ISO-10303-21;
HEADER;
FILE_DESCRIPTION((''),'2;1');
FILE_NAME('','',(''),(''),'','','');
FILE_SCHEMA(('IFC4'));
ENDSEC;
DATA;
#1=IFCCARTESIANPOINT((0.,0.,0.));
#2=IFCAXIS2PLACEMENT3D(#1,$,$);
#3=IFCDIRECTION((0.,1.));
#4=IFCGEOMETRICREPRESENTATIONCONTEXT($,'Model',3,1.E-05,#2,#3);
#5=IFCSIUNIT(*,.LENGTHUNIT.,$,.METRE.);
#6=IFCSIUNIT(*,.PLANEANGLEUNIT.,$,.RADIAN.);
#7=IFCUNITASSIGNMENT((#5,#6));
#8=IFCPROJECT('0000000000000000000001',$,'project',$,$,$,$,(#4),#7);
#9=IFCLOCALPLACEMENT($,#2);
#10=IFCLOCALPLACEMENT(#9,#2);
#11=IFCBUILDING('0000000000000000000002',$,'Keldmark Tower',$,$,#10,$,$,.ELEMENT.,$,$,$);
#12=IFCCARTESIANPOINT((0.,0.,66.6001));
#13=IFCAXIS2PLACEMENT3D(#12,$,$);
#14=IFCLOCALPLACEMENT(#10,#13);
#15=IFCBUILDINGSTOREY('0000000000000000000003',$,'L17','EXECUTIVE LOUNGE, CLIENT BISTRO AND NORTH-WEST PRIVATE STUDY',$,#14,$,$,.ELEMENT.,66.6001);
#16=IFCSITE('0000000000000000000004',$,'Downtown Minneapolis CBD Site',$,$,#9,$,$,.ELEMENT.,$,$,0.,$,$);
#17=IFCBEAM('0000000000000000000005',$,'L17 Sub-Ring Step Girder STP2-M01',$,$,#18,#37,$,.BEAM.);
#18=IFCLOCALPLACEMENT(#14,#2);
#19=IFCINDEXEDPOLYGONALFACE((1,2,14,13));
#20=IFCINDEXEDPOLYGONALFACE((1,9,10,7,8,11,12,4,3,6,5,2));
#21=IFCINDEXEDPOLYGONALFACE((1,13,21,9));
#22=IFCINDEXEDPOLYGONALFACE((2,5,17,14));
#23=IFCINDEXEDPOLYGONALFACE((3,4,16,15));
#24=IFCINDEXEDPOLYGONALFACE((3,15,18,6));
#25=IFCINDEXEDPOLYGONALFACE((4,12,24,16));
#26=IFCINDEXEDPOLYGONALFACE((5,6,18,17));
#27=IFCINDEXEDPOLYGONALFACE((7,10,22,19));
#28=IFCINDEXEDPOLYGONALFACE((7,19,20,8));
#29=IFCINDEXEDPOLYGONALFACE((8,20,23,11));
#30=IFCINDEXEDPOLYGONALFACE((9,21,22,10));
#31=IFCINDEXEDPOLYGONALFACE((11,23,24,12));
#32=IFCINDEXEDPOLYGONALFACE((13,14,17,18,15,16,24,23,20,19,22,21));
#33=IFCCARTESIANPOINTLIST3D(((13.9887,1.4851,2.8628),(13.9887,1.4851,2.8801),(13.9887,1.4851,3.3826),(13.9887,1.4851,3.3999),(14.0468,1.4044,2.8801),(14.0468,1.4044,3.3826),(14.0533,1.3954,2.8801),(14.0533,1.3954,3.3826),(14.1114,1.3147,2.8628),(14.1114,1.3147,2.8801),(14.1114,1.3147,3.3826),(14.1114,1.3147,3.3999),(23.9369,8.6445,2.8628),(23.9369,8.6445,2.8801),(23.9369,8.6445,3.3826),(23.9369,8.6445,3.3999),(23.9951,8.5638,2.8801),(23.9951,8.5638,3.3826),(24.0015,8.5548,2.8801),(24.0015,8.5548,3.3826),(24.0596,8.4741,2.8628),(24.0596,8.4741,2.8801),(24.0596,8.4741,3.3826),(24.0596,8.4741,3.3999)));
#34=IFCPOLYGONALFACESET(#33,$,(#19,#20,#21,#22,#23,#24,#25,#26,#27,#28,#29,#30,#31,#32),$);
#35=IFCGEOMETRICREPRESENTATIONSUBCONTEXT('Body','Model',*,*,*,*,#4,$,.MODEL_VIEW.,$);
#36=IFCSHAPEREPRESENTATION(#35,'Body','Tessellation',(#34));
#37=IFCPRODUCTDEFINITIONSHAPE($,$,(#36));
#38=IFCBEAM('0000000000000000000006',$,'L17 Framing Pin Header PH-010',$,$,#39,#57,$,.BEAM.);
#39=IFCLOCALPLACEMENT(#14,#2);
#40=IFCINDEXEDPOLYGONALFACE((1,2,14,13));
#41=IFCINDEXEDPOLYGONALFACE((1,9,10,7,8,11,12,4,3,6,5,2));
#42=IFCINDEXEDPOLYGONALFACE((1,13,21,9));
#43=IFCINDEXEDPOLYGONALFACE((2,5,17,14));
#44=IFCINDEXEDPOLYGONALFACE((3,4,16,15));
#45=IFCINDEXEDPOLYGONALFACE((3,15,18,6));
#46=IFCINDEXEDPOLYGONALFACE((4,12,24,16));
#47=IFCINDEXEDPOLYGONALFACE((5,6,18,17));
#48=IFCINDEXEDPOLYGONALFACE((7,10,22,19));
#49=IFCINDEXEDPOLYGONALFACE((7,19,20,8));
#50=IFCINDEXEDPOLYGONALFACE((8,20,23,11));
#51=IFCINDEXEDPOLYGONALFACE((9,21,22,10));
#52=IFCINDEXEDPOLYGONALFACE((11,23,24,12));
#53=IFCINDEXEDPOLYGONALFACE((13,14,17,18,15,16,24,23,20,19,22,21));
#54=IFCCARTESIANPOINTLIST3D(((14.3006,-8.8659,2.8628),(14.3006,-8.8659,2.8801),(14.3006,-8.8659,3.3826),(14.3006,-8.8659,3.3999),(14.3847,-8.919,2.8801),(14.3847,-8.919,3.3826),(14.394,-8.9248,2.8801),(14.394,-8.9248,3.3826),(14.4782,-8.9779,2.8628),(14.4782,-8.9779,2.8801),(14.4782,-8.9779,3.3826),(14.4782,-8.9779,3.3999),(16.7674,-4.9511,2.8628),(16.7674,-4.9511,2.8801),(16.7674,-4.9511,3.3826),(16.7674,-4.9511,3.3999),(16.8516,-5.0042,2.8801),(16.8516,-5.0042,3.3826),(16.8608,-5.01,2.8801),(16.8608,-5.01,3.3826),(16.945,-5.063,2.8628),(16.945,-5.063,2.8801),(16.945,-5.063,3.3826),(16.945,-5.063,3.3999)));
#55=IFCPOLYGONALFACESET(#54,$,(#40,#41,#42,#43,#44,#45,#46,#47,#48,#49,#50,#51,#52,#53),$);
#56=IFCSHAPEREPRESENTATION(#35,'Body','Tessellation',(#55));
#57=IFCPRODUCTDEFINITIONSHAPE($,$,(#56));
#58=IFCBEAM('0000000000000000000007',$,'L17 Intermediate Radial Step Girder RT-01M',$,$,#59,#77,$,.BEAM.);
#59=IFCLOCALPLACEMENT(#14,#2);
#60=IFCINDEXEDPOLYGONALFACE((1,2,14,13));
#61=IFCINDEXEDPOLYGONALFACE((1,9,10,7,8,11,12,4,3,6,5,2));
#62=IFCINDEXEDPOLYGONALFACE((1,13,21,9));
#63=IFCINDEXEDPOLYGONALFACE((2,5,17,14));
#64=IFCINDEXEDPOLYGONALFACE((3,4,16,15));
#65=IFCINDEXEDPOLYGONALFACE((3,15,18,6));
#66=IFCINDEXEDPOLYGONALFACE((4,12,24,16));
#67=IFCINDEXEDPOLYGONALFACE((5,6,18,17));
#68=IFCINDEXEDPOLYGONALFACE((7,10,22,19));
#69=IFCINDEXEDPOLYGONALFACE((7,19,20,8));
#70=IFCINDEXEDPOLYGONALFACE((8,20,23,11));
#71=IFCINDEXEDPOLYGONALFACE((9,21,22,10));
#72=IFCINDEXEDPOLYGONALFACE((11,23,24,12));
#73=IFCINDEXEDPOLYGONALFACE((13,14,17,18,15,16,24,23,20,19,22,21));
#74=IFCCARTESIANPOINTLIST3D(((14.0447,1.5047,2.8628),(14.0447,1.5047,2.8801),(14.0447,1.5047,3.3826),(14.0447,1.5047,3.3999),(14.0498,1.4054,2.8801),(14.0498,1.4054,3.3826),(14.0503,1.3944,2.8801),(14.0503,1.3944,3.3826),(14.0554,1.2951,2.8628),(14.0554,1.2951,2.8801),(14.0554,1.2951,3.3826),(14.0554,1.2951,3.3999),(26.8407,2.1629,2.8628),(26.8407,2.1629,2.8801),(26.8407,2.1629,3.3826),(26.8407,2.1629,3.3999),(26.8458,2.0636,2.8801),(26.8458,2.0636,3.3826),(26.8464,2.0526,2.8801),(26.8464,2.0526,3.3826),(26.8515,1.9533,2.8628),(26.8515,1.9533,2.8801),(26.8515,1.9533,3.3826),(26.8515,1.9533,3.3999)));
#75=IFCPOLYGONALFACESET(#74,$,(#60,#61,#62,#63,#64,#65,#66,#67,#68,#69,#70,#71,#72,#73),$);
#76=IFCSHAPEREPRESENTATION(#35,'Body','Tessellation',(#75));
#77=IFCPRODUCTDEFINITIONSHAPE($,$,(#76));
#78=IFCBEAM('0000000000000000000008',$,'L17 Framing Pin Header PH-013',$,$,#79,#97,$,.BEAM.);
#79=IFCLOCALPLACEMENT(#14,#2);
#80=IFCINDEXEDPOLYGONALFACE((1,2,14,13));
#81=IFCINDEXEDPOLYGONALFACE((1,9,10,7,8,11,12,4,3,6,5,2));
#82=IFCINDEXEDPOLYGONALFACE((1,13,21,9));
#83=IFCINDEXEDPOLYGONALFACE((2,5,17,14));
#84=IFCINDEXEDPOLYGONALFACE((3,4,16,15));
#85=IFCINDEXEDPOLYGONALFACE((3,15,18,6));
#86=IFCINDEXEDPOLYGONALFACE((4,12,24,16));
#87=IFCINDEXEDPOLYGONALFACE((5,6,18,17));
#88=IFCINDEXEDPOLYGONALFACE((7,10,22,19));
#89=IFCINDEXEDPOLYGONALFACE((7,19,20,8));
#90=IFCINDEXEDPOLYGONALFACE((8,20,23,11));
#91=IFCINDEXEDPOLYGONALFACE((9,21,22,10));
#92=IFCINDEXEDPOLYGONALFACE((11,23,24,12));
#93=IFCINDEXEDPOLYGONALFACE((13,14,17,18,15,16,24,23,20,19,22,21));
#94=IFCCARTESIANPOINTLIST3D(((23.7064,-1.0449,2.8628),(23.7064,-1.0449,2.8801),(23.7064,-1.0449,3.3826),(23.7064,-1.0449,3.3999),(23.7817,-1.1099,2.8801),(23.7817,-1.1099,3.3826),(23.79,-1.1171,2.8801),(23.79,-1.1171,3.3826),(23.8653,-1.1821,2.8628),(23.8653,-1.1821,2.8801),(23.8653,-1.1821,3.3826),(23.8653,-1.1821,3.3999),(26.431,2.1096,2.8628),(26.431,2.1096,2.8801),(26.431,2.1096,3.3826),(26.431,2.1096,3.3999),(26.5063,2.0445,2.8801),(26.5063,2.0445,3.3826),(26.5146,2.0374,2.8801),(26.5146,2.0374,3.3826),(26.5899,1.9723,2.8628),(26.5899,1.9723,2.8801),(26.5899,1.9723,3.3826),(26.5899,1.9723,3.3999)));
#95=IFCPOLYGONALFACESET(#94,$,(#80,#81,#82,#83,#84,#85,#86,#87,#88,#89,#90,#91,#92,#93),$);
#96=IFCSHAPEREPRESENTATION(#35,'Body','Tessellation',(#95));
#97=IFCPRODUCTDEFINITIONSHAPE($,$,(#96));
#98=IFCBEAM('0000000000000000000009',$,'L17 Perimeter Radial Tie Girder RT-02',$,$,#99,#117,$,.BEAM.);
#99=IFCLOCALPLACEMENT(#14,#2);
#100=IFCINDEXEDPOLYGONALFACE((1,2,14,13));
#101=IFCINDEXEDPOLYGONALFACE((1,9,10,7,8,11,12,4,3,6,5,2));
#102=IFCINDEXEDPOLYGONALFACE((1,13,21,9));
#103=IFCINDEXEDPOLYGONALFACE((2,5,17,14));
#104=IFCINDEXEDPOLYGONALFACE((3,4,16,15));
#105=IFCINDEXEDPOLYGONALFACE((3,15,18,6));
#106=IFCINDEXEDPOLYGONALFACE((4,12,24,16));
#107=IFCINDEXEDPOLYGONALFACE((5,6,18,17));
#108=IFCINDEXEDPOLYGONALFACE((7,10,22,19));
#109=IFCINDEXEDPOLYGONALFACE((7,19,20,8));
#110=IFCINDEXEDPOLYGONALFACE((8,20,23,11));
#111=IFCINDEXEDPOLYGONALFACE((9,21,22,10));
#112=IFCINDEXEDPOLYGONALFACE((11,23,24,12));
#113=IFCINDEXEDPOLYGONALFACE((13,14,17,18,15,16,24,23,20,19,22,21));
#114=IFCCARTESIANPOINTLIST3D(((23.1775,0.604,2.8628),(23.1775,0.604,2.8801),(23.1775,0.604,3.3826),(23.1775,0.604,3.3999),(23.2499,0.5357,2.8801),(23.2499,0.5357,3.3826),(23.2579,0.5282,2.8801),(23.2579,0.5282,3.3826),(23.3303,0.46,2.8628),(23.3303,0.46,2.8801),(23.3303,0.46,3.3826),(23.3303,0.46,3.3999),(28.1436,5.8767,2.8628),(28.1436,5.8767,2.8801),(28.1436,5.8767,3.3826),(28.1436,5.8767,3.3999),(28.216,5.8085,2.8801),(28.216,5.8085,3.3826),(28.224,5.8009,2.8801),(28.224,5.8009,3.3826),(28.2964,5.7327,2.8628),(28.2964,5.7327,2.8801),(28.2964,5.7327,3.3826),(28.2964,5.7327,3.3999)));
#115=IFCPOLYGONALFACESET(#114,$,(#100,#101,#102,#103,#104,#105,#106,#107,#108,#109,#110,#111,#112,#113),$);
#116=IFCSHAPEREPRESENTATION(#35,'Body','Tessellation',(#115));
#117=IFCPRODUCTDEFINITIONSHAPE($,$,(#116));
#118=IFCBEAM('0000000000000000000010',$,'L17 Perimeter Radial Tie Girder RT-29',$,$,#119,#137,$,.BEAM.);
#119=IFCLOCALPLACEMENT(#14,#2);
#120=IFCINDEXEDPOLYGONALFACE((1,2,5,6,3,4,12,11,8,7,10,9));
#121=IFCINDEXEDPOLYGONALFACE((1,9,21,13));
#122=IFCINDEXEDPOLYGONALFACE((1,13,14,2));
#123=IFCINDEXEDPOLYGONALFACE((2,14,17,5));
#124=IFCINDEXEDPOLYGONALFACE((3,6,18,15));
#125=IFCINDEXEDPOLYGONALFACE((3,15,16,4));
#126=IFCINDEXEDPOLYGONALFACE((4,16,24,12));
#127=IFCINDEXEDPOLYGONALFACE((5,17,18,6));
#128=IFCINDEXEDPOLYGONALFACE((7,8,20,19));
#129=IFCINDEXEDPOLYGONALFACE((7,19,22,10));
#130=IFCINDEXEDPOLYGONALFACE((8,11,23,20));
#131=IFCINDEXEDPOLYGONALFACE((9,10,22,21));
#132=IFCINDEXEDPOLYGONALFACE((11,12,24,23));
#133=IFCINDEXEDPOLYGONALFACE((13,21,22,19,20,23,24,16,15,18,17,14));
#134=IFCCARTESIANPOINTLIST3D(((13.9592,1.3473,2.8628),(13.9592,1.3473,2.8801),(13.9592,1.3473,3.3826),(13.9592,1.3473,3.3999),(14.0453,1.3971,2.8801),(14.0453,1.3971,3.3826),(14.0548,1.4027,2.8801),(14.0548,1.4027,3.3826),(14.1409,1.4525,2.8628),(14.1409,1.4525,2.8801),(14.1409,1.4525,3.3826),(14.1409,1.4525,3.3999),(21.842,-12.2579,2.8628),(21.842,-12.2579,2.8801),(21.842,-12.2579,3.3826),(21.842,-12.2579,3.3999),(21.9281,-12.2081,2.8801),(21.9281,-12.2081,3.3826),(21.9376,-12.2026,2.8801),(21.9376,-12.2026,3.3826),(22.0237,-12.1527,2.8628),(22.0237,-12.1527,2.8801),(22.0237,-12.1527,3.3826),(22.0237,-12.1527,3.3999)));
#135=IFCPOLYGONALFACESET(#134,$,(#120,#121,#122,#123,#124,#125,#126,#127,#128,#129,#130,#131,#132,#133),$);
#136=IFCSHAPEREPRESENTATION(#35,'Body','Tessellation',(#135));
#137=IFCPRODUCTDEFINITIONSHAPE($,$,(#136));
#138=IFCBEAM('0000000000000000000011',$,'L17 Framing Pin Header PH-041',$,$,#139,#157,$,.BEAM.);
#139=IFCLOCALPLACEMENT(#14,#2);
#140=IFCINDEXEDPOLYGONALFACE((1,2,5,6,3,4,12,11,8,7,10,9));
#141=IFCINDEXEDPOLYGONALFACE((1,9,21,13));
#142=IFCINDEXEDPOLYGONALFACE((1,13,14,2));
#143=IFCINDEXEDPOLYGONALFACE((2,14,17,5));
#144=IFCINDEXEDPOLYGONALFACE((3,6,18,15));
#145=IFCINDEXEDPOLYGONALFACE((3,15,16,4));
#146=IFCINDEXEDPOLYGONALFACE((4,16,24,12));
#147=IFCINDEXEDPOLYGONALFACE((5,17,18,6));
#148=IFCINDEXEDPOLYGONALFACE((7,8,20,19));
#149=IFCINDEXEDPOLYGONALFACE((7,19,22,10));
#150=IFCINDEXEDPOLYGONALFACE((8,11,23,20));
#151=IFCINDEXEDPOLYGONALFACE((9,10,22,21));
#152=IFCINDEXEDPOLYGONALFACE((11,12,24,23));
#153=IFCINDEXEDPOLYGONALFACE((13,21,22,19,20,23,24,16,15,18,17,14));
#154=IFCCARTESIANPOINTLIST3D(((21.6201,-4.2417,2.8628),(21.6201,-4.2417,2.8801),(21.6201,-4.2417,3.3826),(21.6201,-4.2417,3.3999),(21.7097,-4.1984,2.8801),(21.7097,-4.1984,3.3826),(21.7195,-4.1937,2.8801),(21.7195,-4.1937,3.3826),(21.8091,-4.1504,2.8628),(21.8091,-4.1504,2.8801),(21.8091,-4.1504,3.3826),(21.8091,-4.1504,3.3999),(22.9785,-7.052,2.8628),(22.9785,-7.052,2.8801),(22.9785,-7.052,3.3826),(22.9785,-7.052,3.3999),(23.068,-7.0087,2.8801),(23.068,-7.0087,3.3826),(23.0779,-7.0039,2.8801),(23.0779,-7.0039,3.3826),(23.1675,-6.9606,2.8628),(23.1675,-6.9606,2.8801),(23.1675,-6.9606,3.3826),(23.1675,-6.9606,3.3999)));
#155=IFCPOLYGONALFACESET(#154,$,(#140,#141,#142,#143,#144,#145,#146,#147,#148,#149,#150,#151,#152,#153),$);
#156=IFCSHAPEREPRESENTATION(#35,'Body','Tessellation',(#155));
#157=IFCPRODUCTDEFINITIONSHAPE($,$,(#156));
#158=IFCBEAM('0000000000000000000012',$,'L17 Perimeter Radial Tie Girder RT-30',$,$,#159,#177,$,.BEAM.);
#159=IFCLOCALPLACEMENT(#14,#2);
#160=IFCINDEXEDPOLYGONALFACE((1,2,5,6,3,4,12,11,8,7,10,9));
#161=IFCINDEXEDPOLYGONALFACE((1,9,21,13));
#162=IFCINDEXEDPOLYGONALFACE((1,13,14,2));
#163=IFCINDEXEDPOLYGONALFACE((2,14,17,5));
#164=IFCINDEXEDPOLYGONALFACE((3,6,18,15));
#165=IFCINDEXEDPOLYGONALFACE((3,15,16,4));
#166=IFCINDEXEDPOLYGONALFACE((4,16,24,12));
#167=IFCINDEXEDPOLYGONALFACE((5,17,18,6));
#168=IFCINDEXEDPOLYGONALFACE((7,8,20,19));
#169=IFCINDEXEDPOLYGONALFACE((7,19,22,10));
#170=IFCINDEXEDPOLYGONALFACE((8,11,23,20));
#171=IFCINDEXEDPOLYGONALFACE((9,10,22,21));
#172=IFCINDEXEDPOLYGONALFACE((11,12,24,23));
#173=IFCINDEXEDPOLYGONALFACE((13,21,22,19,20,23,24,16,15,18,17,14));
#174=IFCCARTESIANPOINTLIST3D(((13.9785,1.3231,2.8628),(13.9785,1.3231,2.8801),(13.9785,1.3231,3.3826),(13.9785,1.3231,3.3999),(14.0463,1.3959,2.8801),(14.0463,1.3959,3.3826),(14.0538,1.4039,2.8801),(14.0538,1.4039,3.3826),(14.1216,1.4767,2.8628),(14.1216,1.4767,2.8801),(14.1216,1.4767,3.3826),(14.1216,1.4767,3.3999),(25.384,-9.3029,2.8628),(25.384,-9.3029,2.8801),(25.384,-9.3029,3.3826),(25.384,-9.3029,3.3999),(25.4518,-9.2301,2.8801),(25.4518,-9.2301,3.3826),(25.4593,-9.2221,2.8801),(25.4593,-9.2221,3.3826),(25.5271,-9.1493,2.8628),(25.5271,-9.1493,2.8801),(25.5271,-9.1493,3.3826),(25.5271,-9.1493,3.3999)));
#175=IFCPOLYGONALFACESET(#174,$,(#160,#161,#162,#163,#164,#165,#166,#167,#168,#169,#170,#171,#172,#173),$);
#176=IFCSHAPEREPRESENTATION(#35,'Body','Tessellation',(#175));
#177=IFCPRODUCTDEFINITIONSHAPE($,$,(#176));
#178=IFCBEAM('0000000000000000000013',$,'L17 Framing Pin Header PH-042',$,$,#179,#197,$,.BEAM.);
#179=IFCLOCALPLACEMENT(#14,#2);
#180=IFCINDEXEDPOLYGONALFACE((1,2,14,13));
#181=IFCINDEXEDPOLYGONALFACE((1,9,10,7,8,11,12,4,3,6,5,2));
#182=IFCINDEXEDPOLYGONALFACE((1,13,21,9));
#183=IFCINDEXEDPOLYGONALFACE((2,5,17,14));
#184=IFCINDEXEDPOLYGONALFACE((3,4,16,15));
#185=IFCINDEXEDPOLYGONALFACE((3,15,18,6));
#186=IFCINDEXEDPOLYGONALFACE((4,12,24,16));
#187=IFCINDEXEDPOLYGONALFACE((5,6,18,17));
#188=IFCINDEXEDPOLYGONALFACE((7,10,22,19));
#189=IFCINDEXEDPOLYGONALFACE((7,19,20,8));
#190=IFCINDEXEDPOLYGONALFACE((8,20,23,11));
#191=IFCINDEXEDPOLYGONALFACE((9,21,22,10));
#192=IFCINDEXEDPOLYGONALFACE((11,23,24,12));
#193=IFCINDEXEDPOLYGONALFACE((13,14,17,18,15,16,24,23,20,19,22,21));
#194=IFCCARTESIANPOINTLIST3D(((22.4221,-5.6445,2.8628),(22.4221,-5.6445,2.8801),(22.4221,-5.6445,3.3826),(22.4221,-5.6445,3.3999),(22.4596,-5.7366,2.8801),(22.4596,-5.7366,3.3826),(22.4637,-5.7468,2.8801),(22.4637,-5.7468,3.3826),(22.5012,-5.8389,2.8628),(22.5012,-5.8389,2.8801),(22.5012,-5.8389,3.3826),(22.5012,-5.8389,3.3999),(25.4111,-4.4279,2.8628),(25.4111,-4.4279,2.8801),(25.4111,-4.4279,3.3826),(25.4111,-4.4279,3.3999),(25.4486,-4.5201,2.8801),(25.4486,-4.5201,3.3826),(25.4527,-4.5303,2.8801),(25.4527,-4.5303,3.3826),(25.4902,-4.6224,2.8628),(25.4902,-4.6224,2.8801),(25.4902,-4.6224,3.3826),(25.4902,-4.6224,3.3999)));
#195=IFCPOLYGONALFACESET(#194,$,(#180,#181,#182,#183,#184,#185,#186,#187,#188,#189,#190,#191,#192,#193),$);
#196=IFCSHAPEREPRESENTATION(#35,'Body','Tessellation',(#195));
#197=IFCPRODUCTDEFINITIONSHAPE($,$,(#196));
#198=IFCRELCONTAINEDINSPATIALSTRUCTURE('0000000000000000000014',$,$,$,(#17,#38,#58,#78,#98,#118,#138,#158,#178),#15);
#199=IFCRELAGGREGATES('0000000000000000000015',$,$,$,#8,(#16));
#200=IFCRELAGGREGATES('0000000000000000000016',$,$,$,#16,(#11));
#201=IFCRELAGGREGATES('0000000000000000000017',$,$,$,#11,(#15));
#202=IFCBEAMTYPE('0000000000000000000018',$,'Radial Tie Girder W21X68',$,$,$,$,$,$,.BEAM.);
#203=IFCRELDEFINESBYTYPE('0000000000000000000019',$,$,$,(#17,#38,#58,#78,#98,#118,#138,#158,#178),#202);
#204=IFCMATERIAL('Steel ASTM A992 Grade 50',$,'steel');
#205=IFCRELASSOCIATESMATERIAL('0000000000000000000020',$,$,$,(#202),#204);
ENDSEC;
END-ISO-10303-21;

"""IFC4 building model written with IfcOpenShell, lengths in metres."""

from ifc_helpers import new_model, si_unit, direction, frame, origin, origin_2d, place, context, subcontext, project, spatial, i_section, extrude, material, material_profile, profile_set, type_object, element, save


model = new_model("IFC4")

# Units and contexts
model_context = context("Model", 3, precision=1e-05, world=origin(), true_north=direction((0.0, 1.0)))
body_context = subcontext(model_context, "Body", "Model", "MODEL_VIEW")
ifc_project = project(units=[si_unit("LENGTHUNIT", "METRE"), si_unit("PLANEANGLEUNIT", "RADIAN")], contexts=[model_context])

# Site, building, storey
site_placement = place(None, origin())
site = spatial("IfcSite", under=ifc_project, at=site_placement, Name="Downtown Minneapolis CBD Site", CompositionType="ELEMENT", RefElevation=0.0)
building_placement = place(site_placement, origin())
building = spatial("IfcBuilding", under=site, at=building_placement, Name="Keldmark Tower", CompositionType="ELEMENT")
storey_placement = place(building_placement, frame((0.0, 0.0, 66.6001)))
storey = spatial("IfcBuildingStorey", under=building, at=storey_placement, Name="L17", Description="EXECUTIVE LOUNGE, CLIENT BISTRO AND NORTH-WEST PRIVATE STUDY", CompositionType="ELEMENT", Elevation=66.6001)

# Beams
ifc_material_1 = material(Name="Steel ASTM A992 Grade 50", Category="steel")
ifc_material_profile_1 = material_profile(ifc_material_1, i_section(OverallWidth=0.21, OverallDepth=0.5371, WebThickness=0.011, FlangeThickness=0.0173, at=origin_2d()), Name="W21X68")
ifc_profile_set_1 = profile_set([ifc_material_profile_1], Name="Steel ASTM A992 Grade 50")
beam_type_1 = type_object("IfcBeamType", Name="Radial Tie Girder W21X68", PredefinedType="BEAM", material=ifc_profile_set_1)
beam_1_placement = place(storey_placement, frame((14.05, 1.3999, 3.1313), z_axis=(0.811662, 0.584127, 0.0), x_axis=(-0.584127, 0.811662, 0.0)))
element("IfcBeam", 1, at=beam_1_placement, inside=storey, type_object=beam_type_1, Name="L17 Sub-Ring Step Girder STP2-M01", PredefinedType="BEAM", context=body_context, shape_type="SweptSolid", body=[
    extrude(i_section(OverallWidth=0.21, OverallDepth=0.5371, WebThickness=0.011, FlangeThickness=0.0173, at=origin_2d()), origin(), (0.0, 0.0, 1.0), 12.2566),
])
beam_2_placement = place(storey_placement, frame((16.8562, -5.0071, 3.1313), z_axis=(-0.533111, -0.846045, 0.0), x_axis=(0.846045, -0.533111, 0.0)))
element("IfcBeam", 2, at=beam_2_placement, inside=storey, type_object=beam_type_1, Name="L17 Framing Pin Header PH-010", PredefinedType="BEAM", context=body_context, shape_type="SweptSolid", body=[
    extrude(i_section(OverallWidth=0.21, OverallDepth=0.5371, WebThickness=0.011, FlangeThickness=0.0173, at=origin_2d()), origin(), (0.0, 0.0, 1.0), 4.6272),
])
beam_3_placement = place(storey_placement, frame((14.05, 1.3999, 3.1313), z_axis=(0.99868, 0.05137, 0.0), x_axis=(-0.05137, 0.99868, 0.0)))
element("IfcBeam", 3, at=beam_3_placement, inside=storey, type_object=beam_type_1, Name="L17 Intermediate Radial Step Girder RT-01M", PredefinedType="BEAM", context=body_context, shape_type="SweptSolid", body=[
    extrude(i_section(OverallWidth=0.21, OverallDepth=0.5371, WebThickness=0.011, FlangeThickness=0.0173, at=origin_2d()), origin(), (0.0, 0.0, 1.0), 12.813),
])
beam_4_placement = place(storey_placement, frame((23.7859, -1.1135, 3.1313), z_axis=(0.653652, 0.756795, 0.0), x_axis=(-0.756795, 0.653652, 0.0)))
element("IfcBeam", 4, at=beam_4_placement, inside=storey, type_object=beam_type_1, Name="L17 Framing Pin Header PH-013", PredefinedType="BEAM", context=body_context, shape_type="SweptSolid", body=[
    extrude(i_section(OverallWidth=0.21, OverallDepth=0.5371, WebThickness=0.011, FlangeThickness=0.0173, at=origin_2d()), origin(), (0.0, 0.0, 1.0), 4.1682),
])
beam_5_placement = place(storey_placement, frame((23.2539, 0.532, 3.1313), z_axis=(0.685622, 0.727958, 0.0), x_axis=(-0.727958, 0.685622, 0.0)))
element("IfcBeam", 5, at=beam_5_placement, inside=storey, type_object=beam_type_1, Name="L17 Perimeter Radial Tie Girder RT-02", PredefinedType="BEAM", context=body_context, shape_type="SweptSolid", body=[
    extrude(i_section(OverallWidth=0.21, OverallDepth=0.5371, WebThickness=0.011, FlangeThickness=0.0173, at=origin_2d()), origin(), (0.0, 0.0, 1.0), 7.2432),
])
beam_6_placement = place(storey_placement, frame((14.05, 1.3999, 3.1313), z_axis=(0.501327, -0.865258, 0.0), x_axis=(0.865258, 0.501327, 0.0)))
element("IfcBeam", 6, at=beam_6_placement, inside=storey, type_object=beam_type_1, Name="L17 Perimeter Radial Tie Girder RT-29", PredefinedType="BEAM", context=body_context, shape_type="SweptSolid", body=[
    extrude(i_section(OverallWidth=0.21, OverallDepth=0.5371, WebThickness=0.011, FlangeThickness=0.0173, at=origin_2d()), origin(), (0.0, 0.0, 1.0), 15.7239),
])
beam_7_placement = place(storey_placement, frame((21.7146, -4.196, 3.1313), z_axis=(0.435191, -0.900338, 0.0), x_axis=(0.900338, 0.435191, 0.0)))
element("IfcBeam", 7, at=beam_7_placement, inside=storey, type_object=beam_type_1, Name="L17 Framing Pin Header PH-041", PredefinedType="BEAM", context=body_context, shape_type="SweptSolid", body=[
    extrude(i_section(OverallWidth=0.21, OverallDepth=0.5371, WebThickness=0.011, FlangeThickness=0.0173, at=origin_2d()), origin(), (0.0, 0.0, 1.0), 3.1213),
])
beam_8_placement = place(storey_placement, frame((14.05, 1.3999, 3.1313), z_axis=(0.731668, -0.681661, 0.0), x_axis=(0.681661, 0.731668, 0.0)))
element("IfcBeam", 8, at=beam_8_placement, inside=storey, type_object=beam_type_1, Name="L17 Perimeter Radial Tie Girder RT-30", PredefinedType="BEAM", context=body_context, shape_type="SweptSolid", body=[
    extrude(i_section(OverallWidth=0.21, OverallDepth=0.5371, WebThickness=0.011, FlangeThickness=0.0173, at=origin_2d()), origin(), (0.0, 0.0, 1.0), 15.5884),
])
beam_9_placement = place(storey_placement, frame((22.4617, -5.7417, 3.1313), z_axis=(0.926222, 0.37698, 0.0), x_axis=(-0.37698, 0.926222, 0.0)))
element("IfcBeam", 9, at=beam_9_placement, inside=storey, type_object=beam_type_1, Name="L17 Framing Pin Header PH-042", PredefinedType="BEAM", context=body_context, shape_type="SweptSolid", body=[
    extrude(i_section(OverallWidth=0.21, OverallDepth=0.5371, WebThickness=0.011, FlangeThickness=0.0173, at=origin_2d()), origin(), (0.0, 0.0, 1.0), 3.2271),
])

save(model, "model.ifc")
